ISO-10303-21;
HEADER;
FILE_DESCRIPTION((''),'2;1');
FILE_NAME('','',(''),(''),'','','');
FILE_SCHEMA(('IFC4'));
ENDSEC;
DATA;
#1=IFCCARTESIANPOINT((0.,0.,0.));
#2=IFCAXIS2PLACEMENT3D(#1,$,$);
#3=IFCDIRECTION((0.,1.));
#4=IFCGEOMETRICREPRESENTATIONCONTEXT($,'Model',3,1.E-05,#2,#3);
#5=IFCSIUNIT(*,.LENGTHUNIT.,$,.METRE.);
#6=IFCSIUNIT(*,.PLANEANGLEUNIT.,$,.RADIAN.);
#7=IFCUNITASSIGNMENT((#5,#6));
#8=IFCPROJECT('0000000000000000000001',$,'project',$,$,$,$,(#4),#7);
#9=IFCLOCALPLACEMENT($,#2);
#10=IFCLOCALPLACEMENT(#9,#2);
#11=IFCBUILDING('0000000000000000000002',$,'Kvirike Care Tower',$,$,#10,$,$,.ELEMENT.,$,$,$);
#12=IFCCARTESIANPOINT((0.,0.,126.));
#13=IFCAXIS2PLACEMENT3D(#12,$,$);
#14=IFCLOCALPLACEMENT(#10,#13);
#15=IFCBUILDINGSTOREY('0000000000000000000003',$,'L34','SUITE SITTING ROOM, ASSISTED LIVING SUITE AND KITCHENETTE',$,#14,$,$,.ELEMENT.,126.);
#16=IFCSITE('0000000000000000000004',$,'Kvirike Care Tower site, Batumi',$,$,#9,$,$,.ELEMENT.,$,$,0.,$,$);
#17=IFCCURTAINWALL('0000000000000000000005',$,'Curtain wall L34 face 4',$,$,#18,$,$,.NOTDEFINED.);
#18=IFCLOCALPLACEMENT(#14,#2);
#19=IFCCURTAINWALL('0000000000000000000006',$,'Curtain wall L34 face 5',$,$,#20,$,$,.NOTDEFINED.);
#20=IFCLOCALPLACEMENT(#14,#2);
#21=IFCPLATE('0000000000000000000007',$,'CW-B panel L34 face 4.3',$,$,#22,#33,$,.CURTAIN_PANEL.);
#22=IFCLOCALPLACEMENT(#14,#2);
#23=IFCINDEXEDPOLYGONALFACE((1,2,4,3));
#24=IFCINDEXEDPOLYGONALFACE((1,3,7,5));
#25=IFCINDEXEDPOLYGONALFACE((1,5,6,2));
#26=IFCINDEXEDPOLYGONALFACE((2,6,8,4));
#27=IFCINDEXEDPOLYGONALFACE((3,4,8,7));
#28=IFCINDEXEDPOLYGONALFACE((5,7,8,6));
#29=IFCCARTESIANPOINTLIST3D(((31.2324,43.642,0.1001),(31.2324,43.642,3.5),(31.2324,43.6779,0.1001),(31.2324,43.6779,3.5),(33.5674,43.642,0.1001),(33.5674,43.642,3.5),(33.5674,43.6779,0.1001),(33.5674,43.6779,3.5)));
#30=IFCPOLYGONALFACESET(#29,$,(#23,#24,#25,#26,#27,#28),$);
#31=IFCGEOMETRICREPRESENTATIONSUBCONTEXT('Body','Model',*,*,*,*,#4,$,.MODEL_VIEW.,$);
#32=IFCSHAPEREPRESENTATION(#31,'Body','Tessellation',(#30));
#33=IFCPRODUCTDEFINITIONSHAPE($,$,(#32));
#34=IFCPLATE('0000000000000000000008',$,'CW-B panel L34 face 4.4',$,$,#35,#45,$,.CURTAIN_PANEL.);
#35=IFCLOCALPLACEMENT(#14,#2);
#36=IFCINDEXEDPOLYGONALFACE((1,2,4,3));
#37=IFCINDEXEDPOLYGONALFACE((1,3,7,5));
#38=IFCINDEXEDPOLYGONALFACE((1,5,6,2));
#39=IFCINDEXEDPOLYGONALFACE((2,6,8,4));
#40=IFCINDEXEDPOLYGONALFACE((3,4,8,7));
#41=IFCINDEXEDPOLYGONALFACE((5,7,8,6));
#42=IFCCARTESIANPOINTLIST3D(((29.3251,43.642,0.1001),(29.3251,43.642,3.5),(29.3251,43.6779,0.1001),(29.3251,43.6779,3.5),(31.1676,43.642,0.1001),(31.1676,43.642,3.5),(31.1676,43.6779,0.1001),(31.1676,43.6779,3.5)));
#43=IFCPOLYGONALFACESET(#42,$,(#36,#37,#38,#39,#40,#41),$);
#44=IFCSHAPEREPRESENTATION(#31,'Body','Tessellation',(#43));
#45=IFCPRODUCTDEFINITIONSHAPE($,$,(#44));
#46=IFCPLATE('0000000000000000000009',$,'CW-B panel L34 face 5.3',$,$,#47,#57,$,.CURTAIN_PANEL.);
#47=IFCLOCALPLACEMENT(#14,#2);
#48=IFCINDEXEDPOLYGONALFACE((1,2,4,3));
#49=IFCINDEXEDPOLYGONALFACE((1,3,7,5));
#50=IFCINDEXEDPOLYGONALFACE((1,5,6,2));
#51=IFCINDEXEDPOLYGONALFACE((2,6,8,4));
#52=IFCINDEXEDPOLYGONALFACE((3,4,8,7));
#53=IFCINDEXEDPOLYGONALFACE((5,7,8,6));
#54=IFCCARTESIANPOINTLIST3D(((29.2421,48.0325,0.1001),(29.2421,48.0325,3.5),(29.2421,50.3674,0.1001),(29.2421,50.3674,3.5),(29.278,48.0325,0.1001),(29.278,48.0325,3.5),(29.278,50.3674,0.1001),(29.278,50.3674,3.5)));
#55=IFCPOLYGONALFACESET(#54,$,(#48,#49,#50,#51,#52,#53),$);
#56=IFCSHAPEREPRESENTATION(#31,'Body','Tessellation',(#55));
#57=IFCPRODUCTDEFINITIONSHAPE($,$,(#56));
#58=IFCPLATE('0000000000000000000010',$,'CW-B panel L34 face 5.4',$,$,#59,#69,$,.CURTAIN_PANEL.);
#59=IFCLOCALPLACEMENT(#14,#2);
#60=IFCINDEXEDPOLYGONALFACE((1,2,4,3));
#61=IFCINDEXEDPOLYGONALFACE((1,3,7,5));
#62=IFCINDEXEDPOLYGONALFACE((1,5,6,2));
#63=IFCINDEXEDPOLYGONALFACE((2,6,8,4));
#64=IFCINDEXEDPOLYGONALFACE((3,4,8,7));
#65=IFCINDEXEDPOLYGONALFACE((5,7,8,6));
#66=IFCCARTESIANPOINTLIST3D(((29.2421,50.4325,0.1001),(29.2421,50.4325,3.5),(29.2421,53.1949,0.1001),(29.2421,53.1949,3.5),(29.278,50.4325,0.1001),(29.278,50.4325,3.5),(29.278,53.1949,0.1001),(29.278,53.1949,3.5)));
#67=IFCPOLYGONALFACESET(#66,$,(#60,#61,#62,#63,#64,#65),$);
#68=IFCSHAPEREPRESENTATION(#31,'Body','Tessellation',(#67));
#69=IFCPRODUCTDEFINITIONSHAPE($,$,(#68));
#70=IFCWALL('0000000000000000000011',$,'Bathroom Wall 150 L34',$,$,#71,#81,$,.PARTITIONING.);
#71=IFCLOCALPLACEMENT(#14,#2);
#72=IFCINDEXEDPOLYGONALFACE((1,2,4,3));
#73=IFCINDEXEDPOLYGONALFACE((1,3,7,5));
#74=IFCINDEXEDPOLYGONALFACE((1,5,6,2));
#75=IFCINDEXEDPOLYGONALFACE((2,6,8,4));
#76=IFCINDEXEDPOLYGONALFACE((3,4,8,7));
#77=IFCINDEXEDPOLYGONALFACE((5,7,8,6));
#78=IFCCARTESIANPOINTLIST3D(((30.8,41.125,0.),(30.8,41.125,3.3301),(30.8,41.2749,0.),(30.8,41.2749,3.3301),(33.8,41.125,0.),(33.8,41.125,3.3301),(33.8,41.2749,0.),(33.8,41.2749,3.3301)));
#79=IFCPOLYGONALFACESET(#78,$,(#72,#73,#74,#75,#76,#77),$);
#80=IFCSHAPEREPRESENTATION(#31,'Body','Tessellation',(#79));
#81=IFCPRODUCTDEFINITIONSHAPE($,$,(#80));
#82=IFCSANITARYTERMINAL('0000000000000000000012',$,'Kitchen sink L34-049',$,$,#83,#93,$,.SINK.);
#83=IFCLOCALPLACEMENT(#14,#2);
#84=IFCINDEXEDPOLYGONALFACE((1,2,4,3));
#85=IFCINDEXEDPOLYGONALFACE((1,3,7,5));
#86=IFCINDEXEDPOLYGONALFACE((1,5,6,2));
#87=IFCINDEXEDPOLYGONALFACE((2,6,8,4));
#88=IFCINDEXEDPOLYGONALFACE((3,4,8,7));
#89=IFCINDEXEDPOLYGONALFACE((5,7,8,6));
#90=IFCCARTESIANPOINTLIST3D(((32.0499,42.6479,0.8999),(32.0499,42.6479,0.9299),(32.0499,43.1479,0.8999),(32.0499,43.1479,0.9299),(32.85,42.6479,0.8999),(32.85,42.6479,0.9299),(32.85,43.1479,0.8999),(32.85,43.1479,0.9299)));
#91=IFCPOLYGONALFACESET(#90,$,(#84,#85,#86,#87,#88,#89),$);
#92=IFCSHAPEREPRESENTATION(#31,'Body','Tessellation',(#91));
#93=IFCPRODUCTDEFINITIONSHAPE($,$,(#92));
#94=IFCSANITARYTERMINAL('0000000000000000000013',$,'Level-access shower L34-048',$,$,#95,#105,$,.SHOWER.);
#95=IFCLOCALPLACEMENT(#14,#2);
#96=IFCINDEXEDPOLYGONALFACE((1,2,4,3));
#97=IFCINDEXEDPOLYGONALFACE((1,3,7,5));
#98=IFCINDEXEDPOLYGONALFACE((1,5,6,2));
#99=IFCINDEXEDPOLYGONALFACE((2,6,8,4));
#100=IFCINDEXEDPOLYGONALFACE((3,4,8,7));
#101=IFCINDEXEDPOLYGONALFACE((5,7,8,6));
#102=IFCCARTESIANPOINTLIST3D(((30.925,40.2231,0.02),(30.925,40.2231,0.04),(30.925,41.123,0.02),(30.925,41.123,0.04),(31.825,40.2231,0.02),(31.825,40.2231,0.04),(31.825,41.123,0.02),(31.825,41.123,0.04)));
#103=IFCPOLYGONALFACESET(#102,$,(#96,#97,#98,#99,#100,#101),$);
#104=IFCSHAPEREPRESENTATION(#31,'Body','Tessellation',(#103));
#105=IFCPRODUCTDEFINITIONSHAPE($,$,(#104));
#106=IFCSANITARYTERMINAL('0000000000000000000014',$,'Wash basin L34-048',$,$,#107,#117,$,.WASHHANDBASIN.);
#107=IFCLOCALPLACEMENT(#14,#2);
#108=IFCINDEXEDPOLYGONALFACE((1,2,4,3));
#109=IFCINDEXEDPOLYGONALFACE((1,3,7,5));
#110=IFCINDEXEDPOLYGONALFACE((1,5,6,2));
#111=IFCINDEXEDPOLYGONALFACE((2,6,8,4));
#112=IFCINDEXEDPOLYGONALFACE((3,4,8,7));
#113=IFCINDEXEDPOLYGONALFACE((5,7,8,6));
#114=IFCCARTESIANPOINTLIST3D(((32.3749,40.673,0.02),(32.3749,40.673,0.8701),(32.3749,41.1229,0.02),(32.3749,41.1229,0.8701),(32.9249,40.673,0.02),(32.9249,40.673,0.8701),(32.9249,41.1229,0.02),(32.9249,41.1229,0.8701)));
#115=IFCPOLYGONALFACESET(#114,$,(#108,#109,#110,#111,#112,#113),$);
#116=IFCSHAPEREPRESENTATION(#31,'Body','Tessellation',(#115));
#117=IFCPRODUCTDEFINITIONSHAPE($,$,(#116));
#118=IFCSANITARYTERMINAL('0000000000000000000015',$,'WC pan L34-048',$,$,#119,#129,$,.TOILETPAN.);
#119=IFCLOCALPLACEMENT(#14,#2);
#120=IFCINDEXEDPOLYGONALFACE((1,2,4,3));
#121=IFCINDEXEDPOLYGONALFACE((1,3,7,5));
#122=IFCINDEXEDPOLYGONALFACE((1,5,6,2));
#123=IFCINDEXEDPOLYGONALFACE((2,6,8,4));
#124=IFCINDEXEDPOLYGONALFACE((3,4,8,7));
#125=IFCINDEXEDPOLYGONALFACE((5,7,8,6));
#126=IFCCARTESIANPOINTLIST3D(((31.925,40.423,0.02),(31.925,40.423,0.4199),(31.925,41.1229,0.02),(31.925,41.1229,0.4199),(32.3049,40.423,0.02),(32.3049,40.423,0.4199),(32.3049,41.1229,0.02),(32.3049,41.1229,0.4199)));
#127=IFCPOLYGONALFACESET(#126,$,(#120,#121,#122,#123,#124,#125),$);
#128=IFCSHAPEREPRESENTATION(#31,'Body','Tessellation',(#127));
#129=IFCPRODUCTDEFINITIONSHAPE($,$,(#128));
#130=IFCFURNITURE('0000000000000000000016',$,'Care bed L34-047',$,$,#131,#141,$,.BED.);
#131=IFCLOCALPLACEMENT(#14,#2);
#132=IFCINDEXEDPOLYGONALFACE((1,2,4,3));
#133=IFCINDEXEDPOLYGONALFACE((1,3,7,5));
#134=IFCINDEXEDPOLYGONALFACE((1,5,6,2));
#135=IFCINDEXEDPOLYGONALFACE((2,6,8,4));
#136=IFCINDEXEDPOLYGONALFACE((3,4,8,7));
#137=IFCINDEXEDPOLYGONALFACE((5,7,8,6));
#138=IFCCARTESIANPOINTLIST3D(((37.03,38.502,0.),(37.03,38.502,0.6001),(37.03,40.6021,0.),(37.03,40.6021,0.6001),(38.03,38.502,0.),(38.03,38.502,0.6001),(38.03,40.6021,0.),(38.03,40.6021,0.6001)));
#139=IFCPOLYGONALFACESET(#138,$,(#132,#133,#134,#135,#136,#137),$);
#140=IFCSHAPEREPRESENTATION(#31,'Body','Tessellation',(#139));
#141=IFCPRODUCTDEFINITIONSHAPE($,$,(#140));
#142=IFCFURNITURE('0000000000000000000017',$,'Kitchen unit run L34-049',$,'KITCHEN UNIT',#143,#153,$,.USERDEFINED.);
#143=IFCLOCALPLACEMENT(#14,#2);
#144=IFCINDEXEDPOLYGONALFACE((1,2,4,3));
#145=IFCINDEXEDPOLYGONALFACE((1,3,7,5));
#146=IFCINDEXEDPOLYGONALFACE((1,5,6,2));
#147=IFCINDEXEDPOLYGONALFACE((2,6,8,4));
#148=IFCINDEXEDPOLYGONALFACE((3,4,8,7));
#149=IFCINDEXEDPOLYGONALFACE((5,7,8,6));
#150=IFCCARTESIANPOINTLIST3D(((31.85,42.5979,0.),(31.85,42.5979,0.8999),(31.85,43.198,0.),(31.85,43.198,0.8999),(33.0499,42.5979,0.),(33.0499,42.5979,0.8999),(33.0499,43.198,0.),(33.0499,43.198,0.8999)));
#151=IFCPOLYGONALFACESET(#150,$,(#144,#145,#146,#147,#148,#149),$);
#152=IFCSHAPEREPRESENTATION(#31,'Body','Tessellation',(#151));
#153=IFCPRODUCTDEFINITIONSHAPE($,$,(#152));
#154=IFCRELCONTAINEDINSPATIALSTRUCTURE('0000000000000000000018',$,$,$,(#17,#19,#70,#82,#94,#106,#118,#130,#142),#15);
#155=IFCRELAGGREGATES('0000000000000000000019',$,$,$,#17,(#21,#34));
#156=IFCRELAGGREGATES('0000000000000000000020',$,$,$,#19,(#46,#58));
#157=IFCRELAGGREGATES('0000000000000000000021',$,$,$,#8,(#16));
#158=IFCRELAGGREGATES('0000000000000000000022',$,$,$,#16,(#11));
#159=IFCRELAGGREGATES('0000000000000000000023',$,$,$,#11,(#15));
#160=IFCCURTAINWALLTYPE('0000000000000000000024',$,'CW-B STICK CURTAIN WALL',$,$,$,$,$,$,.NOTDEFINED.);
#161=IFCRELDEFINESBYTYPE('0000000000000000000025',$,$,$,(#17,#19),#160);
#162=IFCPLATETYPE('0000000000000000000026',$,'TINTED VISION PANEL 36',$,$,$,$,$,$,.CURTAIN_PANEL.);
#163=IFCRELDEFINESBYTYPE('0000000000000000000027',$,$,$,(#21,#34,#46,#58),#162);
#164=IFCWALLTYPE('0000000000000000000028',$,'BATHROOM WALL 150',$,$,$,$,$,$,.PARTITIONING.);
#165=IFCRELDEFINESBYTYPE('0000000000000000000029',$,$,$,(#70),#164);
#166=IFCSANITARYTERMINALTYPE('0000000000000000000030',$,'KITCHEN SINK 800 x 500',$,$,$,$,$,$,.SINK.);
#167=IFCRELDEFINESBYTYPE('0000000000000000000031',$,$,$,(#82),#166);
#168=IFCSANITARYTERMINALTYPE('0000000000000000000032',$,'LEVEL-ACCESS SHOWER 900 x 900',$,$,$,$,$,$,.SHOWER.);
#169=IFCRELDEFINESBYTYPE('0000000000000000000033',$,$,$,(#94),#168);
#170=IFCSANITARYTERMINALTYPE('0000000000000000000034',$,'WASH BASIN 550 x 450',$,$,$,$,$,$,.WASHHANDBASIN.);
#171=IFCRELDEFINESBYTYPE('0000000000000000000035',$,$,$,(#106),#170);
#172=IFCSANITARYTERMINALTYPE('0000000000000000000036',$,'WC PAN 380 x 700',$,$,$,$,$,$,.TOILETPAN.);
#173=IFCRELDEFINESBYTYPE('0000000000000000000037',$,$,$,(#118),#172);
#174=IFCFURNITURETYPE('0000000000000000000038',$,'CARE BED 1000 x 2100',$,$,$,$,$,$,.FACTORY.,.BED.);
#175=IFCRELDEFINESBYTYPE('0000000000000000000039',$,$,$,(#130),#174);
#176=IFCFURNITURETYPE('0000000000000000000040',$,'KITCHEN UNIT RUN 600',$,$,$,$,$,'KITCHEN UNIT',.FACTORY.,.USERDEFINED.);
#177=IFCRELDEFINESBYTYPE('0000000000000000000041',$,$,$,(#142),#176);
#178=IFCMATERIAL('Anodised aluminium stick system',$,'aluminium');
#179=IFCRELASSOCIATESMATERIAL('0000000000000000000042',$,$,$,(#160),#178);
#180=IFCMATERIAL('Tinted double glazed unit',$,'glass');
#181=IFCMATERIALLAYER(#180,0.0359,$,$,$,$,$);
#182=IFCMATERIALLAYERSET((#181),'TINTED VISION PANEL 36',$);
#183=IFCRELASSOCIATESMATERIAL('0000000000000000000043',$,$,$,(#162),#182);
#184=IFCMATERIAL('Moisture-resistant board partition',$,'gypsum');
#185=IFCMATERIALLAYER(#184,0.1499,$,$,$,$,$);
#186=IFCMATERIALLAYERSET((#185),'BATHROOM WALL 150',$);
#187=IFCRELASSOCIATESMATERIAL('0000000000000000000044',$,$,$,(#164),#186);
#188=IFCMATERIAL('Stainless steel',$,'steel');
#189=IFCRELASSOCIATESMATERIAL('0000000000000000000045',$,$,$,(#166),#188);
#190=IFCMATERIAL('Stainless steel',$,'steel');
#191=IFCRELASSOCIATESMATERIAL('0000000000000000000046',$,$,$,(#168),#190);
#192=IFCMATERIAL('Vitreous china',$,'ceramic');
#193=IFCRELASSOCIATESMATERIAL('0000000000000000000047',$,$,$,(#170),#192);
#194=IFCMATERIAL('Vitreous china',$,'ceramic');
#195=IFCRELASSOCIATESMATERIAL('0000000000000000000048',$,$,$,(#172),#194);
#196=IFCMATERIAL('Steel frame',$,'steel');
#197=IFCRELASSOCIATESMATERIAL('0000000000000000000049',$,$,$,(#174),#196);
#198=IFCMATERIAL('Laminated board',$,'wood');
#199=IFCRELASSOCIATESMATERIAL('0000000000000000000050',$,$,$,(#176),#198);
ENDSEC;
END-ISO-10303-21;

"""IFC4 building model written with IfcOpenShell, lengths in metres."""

from ifc_helpers import new_model, si_unit, direction, frame, frame_2d, origin, origin_2d, place, context, subcontext, project, spatial, rectangle, extrude, material, layer, layer_set, type_object, element, aggregate, save


model = new_model("IFC4")

# Units and contexts
model_context = context("Model", 3, precision=1e-05, world=origin(), true_north=direction((0.0, 1.0)))
body_context = subcontext(model_context, "Body", "Model", "MODEL_VIEW")
ifc_project = project(units=[si_unit("LENGTHUNIT", "METRE"), si_unit("PLANEANGLEUNIT", "RADIAN")], contexts=[model_context])

# Site, building, storey
site_placement = place(None, origin())
site = spatial("IfcSite", under=ifc_project, at=site_placement, Name="Kvirike Care Tower site, Batumi", CompositionType="ELEMENT", RefElevation=0.0)
building_placement = place(site_placement, origin())
building = spatial("IfcBuilding", under=site, at=building_placement, Name="Kvirike Care Tower", CompositionType="ELEMENT")
storey_placement = place(building_placement, frame((0.0, 0.0, 126.0)))
storey = spatial("IfcBuildingStorey", under=building, at=storey_placement, Name="L34", Description="SUITE SITTING ROOM, ASSISTED LIVING SUITE AND KITCHENETTE", CompositionType="ELEMENT", Elevation=126.0)

# Curtain walls
ifc_material_1 = material(Name="Anodised aluminium stick system", Category="aluminium")
curtain_wall_type = type_object("IfcCurtainWallType", Name="CW-B STICK CURTAIN WALL", PredefinedType="NOTDEFINED", material=ifc_material_1)
curtain_wall_1_placement = place(storey_placement, origin())
curtain_wall_1 = element("IfcCurtainWall", 1, at=curtain_wall_1_placement, inside=storey, type_object=curtain_wall_type, Name="Curtain wall L34 face 4", PredefinedType="NOTDEFINED")
curtain_wall_2_placement = place(storey_placement, origin())
curtain_wall_2 = element("IfcCurtainWall", 2, at=curtain_wall_2_placement, inside=storey, type_object=curtain_wall_type, Name="Curtain wall L34 face 5", PredefinedType="NOTDEFINED")

# Plates
ifc_material_2 = material(Name="Tinted double glazed unit", Category="glass")
ifc_layer_1 = layer(ifc_material_2, 0.0359)
ifc_layer_set_1 = layer_set([ifc_layer_1], Name="TINTED VISION PANEL 36")
plate_type = type_object("IfcPlateType", Name="TINTED VISION PANEL 36", PredefinedType="CURTAIN_PANEL", material=ifc_layer_set_1)
plate_1_placement = place(storey_placement, frame((32.3999, 43.6599, 0.1001), z_axis=(0.0, 0.0, 1.0), x_axis=(-1.0, 0.0, 0.0)))
plate_1 = element("IfcPlate", 3, at=plate_1_placement, type_object=plate_type, Name="CW-B panel L34 face 4.3", PredefinedType="CURTAIN_PANEL", context=body_context, shape_type="SweptSolid", body=[
    extrude(rectangle(XDim=2.335, YDim=0.0359, at=origin_2d()), origin(), (0.0, 0.0, 1.0), 3.3999),
])
plate_2_placement = place(storey_placement, frame((30.2463, 43.6599, 0.1001), z_axis=(0.0, 0.0, 1.0), x_axis=(-1.0, 0.0, 0.0)))
plate_2 = element("IfcPlate", 4, at=plate_2_placement, type_object=plate_type, Name="CW-B panel L34 face 4.4", PredefinedType="CURTAIN_PANEL", context=body_context, shape_type="SweptSolid", body=[
    extrude(rectangle(XDim=1.8425, YDim=0.0359, at=origin_2d()), origin(), (0.0, 0.0, 1.0), 3.3999),
])
aggregate(curtain_wall_1, [plate_1, plate_2])
plate_3_placement = place(storey_placement, frame((29.26, 49.2, 0.1001), z_axis=(0.0, 0.0, 1.0), x_axis=(0.0, 1.0, 0.0)))
plate_3 = element("IfcPlate", 5, at=plate_3_placement, type_object=plate_type, Name="CW-B panel L34 face 5.3", PredefinedType="CURTAIN_PANEL", context=body_context, shape_type="SweptSolid", body=[
    extrude(rectangle(XDim=2.335, YDim=0.0359, at=origin_2d()), origin(), (0.0, 0.0, 1.0), 3.3999),
])
plate_4_placement = place(storey_placement, frame((29.26, 51.8137, 0.1001), z_axis=(0.0, 0.0, 1.0), x_axis=(0.0, 1.0, 0.0)))
plate_4 = element("IfcPlate", 6, at=plate_4_placement, type_object=plate_type, Name="CW-B panel L34 face 5.4", PredefinedType="CURTAIN_PANEL", context=body_context, shape_type="SweptSolid", body=[
    extrude(rectangle(XDim=2.7625, YDim=0.0359, at=origin_2d()), origin(), (0.0, 0.0, 1.0), 3.3999),
])
aggregate(curtain_wall_2, [plate_3, plate_4])

# Wall
ifc_material_3 = material(Name="Moisture-resistant board partition", Category="gypsum")
ifc_layer_2 = layer(ifc_material_3, 0.1499)
ifc_layer_set_2 = layer_set([ifc_layer_2], Name="BATHROOM WALL 150")
wall_type = type_object("IfcWallType", Name="BATHROOM WALL 150", PredefinedType="PARTITIONING", material=ifc_layer_set_2)
wall_placement = place(storey_placement, frame((33.8, 41.2, 0.0), z_axis=(0.0, 0.0, 1.0), x_axis=(-1.0, 0.0, 0.0)))
element("IfcWall", 7, at=wall_placement, inside=storey, type_object=wall_type, Name="Bathroom Wall 150 L34", PredefinedType="PARTITIONING", context=body_context, shape_type="SweptSolid", body=[
    extrude(rectangle(XDim=3.0, YDim=0.1499, at=frame_2d((1.5, 0.0))), origin(), (0.0, 0.0, 1.0), 3.3301),
])

# Sanitary terminals
ifc_material_4 = material(Name="Stainless steel", Category="steel")
sanitary_terminal_type_1 = type_object("IfcSanitaryTerminalType", Name="KITCHEN SINK 800 x 500", PredefinedType="SINK", material=ifc_material_4)
sanitary_terminal_1_placement = place(storey_placement, frame((32.45, 42.8979, 0.8999), z_axis=(0.0, 0.0, 1.0), x_axis=(1.0, 0.0, 0.0)))
element("IfcSanitaryTerminal", 8, at=sanitary_terminal_1_placement, inside=storey, type_object=sanitary_terminal_type_1, Name="Kitchen sink L34-049", PredefinedType="SINK", context=body_context, shape_type="SweptSolid", body=[
    extrude(rectangle(XDim=0.8, YDim=0.5, at=origin_2d()), origin(), (0.0, 0.0, 1.0), 0.03),
])
ifc_material_5 = material(Name="Stainless steel", Category="steel")
sanitary_terminal_type_2 = type_object("IfcSanitaryTerminalType", Name="LEVEL-ACCESS SHOWER 900 x 900", PredefinedType="SHOWER", material=ifc_material_5)
sanitary_terminal_2_placement = place(storey_placement, frame((31.375, 40.6731, 0.02), z_axis=(0.0, 0.0, 1.0), x_axis=(1.0, 0.0, 0.0)))
element("IfcSanitaryTerminal", 9, at=sanitary_terminal_2_placement, inside=storey, type_object=sanitary_terminal_type_2, Name="Level-access shower L34-048", PredefinedType="SHOWER", context=body_context, shape_type="SweptSolid", body=[
    extrude(rectangle(XDim=0.8999, YDim=0.8999, at=origin_2d()), origin(), (0.0, 0.0, 1.0), 0.02),
])
ifc_material_6 = material(Name="Vitreous china", Category="ceramic")
sanitary_terminal_type_3 = type_object("IfcSanitaryTerminalType", Name="WASH BASIN 550 x 450", PredefinedType="WASHHANDBASIN", material=ifc_material_6)
sanitary_terminal_3_placement = place(storey_placement, frame((32.6499, 40.8979, 0.02), z_axis=(0.0, 0.0, 1.0), x_axis=(1.0, 0.0, 0.0)))
element("IfcSanitaryTerminal", 10, at=sanitary_terminal_3_placement, inside=storey, type_object=sanitary_terminal_type_3, Name="Wash basin L34-048", PredefinedType="WASHHANDBASIN", context=body_context, shape_type="SweptSolid", body=[
    extrude(rectangle(XDim=0.55, YDim=0.45, at=origin_2d()), origin(), (0.0, 0.0, 1.0), 0.8501),
])
ifc_material_7 = material(Name="Vitreous china", Category="ceramic")
sanitary_terminal_type_4 = type_object("IfcSanitaryTerminalType", Name="WC PAN 380 x 700", PredefinedType="TOILETPAN", material=ifc_material_7)
sanitary_terminal_4_placement = place(storey_placement, frame((32.115, 40.7729, 0.02), z_axis=(0.0, 0.0, 1.0), x_axis=(1.0, 0.0, 0.0)))
element("IfcSanitaryTerminal", 11, at=sanitary_terminal_4_placement, inside=storey, type_object=sanitary_terminal_type_4, Name="WC pan L34-048", PredefinedType="TOILETPAN", context=body_context, shape_type="SweptSolid", body=[
    extrude(rectangle(XDim=0.3799, YDim=0.7, at=origin_2d()), origin(), (0.0, 0.0, 1.0), 0.3999),
])

# Furniture
ifc_material_8 = material(Name="Steel frame", Category="steel")
furniture_type_1 = type_object("IfcFurnitureType", Name="CARE BED 1000 x 2100", AssemblyPlace="FACTORY", PredefinedType="BED", material=ifc_material_8)
furniture_1_placement = place(storey_placement, frame((37.53, 39.552, 0.0), z_axis=(0.0, 0.0, 1.0), x_axis=(-1.0, 0.0, 0.0)))
element("IfcFurniture", 12, at=furniture_1_placement, inside=storey, type_object=furniture_type_1, Name="Care bed L34-047", PredefinedType="BED", context=body_context, shape_type="SweptSolid", body=[
    extrude(rectangle(XDim=1.0, YDim=2.1001, at=origin_2d()), origin(), (0.0, 0.0, 1.0), 0.6001),
])
ifc_material_9 = material(Name="Laminated board", Category="wood")
furniture_type_2 = type_object("IfcFurnitureType", Name="KITCHEN UNIT RUN 600", ElementType="KITCHEN UNIT", AssemblyPlace="FACTORY", PredefinedType="USERDEFINED", material=ifc_material_9)
furniture_2_placement = place(storey_placement, frame((32.45, 42.8979, 0.0), z_axis=(0.0, 0.0, 1.0), x_axis=(1.0, 0.0, 0.0)))
element("IfcFurniture", 13, at=furniture_2_placement, inside=storey, type_object=furniture_type_2, Name="Kitchen unit run L34-049", ObjectType="KITCHEN UNIT", PredefinedType="USERDEFINED", context=body_context, shape_type="SweptSolid", body=[
    extrude(rectangle(XDim=1.2, YDim=0.6001, at=origin_2d()), origin(), (0.0, 0.0, 1.0), 0.8999),
])

save(model, "model.ifc")
